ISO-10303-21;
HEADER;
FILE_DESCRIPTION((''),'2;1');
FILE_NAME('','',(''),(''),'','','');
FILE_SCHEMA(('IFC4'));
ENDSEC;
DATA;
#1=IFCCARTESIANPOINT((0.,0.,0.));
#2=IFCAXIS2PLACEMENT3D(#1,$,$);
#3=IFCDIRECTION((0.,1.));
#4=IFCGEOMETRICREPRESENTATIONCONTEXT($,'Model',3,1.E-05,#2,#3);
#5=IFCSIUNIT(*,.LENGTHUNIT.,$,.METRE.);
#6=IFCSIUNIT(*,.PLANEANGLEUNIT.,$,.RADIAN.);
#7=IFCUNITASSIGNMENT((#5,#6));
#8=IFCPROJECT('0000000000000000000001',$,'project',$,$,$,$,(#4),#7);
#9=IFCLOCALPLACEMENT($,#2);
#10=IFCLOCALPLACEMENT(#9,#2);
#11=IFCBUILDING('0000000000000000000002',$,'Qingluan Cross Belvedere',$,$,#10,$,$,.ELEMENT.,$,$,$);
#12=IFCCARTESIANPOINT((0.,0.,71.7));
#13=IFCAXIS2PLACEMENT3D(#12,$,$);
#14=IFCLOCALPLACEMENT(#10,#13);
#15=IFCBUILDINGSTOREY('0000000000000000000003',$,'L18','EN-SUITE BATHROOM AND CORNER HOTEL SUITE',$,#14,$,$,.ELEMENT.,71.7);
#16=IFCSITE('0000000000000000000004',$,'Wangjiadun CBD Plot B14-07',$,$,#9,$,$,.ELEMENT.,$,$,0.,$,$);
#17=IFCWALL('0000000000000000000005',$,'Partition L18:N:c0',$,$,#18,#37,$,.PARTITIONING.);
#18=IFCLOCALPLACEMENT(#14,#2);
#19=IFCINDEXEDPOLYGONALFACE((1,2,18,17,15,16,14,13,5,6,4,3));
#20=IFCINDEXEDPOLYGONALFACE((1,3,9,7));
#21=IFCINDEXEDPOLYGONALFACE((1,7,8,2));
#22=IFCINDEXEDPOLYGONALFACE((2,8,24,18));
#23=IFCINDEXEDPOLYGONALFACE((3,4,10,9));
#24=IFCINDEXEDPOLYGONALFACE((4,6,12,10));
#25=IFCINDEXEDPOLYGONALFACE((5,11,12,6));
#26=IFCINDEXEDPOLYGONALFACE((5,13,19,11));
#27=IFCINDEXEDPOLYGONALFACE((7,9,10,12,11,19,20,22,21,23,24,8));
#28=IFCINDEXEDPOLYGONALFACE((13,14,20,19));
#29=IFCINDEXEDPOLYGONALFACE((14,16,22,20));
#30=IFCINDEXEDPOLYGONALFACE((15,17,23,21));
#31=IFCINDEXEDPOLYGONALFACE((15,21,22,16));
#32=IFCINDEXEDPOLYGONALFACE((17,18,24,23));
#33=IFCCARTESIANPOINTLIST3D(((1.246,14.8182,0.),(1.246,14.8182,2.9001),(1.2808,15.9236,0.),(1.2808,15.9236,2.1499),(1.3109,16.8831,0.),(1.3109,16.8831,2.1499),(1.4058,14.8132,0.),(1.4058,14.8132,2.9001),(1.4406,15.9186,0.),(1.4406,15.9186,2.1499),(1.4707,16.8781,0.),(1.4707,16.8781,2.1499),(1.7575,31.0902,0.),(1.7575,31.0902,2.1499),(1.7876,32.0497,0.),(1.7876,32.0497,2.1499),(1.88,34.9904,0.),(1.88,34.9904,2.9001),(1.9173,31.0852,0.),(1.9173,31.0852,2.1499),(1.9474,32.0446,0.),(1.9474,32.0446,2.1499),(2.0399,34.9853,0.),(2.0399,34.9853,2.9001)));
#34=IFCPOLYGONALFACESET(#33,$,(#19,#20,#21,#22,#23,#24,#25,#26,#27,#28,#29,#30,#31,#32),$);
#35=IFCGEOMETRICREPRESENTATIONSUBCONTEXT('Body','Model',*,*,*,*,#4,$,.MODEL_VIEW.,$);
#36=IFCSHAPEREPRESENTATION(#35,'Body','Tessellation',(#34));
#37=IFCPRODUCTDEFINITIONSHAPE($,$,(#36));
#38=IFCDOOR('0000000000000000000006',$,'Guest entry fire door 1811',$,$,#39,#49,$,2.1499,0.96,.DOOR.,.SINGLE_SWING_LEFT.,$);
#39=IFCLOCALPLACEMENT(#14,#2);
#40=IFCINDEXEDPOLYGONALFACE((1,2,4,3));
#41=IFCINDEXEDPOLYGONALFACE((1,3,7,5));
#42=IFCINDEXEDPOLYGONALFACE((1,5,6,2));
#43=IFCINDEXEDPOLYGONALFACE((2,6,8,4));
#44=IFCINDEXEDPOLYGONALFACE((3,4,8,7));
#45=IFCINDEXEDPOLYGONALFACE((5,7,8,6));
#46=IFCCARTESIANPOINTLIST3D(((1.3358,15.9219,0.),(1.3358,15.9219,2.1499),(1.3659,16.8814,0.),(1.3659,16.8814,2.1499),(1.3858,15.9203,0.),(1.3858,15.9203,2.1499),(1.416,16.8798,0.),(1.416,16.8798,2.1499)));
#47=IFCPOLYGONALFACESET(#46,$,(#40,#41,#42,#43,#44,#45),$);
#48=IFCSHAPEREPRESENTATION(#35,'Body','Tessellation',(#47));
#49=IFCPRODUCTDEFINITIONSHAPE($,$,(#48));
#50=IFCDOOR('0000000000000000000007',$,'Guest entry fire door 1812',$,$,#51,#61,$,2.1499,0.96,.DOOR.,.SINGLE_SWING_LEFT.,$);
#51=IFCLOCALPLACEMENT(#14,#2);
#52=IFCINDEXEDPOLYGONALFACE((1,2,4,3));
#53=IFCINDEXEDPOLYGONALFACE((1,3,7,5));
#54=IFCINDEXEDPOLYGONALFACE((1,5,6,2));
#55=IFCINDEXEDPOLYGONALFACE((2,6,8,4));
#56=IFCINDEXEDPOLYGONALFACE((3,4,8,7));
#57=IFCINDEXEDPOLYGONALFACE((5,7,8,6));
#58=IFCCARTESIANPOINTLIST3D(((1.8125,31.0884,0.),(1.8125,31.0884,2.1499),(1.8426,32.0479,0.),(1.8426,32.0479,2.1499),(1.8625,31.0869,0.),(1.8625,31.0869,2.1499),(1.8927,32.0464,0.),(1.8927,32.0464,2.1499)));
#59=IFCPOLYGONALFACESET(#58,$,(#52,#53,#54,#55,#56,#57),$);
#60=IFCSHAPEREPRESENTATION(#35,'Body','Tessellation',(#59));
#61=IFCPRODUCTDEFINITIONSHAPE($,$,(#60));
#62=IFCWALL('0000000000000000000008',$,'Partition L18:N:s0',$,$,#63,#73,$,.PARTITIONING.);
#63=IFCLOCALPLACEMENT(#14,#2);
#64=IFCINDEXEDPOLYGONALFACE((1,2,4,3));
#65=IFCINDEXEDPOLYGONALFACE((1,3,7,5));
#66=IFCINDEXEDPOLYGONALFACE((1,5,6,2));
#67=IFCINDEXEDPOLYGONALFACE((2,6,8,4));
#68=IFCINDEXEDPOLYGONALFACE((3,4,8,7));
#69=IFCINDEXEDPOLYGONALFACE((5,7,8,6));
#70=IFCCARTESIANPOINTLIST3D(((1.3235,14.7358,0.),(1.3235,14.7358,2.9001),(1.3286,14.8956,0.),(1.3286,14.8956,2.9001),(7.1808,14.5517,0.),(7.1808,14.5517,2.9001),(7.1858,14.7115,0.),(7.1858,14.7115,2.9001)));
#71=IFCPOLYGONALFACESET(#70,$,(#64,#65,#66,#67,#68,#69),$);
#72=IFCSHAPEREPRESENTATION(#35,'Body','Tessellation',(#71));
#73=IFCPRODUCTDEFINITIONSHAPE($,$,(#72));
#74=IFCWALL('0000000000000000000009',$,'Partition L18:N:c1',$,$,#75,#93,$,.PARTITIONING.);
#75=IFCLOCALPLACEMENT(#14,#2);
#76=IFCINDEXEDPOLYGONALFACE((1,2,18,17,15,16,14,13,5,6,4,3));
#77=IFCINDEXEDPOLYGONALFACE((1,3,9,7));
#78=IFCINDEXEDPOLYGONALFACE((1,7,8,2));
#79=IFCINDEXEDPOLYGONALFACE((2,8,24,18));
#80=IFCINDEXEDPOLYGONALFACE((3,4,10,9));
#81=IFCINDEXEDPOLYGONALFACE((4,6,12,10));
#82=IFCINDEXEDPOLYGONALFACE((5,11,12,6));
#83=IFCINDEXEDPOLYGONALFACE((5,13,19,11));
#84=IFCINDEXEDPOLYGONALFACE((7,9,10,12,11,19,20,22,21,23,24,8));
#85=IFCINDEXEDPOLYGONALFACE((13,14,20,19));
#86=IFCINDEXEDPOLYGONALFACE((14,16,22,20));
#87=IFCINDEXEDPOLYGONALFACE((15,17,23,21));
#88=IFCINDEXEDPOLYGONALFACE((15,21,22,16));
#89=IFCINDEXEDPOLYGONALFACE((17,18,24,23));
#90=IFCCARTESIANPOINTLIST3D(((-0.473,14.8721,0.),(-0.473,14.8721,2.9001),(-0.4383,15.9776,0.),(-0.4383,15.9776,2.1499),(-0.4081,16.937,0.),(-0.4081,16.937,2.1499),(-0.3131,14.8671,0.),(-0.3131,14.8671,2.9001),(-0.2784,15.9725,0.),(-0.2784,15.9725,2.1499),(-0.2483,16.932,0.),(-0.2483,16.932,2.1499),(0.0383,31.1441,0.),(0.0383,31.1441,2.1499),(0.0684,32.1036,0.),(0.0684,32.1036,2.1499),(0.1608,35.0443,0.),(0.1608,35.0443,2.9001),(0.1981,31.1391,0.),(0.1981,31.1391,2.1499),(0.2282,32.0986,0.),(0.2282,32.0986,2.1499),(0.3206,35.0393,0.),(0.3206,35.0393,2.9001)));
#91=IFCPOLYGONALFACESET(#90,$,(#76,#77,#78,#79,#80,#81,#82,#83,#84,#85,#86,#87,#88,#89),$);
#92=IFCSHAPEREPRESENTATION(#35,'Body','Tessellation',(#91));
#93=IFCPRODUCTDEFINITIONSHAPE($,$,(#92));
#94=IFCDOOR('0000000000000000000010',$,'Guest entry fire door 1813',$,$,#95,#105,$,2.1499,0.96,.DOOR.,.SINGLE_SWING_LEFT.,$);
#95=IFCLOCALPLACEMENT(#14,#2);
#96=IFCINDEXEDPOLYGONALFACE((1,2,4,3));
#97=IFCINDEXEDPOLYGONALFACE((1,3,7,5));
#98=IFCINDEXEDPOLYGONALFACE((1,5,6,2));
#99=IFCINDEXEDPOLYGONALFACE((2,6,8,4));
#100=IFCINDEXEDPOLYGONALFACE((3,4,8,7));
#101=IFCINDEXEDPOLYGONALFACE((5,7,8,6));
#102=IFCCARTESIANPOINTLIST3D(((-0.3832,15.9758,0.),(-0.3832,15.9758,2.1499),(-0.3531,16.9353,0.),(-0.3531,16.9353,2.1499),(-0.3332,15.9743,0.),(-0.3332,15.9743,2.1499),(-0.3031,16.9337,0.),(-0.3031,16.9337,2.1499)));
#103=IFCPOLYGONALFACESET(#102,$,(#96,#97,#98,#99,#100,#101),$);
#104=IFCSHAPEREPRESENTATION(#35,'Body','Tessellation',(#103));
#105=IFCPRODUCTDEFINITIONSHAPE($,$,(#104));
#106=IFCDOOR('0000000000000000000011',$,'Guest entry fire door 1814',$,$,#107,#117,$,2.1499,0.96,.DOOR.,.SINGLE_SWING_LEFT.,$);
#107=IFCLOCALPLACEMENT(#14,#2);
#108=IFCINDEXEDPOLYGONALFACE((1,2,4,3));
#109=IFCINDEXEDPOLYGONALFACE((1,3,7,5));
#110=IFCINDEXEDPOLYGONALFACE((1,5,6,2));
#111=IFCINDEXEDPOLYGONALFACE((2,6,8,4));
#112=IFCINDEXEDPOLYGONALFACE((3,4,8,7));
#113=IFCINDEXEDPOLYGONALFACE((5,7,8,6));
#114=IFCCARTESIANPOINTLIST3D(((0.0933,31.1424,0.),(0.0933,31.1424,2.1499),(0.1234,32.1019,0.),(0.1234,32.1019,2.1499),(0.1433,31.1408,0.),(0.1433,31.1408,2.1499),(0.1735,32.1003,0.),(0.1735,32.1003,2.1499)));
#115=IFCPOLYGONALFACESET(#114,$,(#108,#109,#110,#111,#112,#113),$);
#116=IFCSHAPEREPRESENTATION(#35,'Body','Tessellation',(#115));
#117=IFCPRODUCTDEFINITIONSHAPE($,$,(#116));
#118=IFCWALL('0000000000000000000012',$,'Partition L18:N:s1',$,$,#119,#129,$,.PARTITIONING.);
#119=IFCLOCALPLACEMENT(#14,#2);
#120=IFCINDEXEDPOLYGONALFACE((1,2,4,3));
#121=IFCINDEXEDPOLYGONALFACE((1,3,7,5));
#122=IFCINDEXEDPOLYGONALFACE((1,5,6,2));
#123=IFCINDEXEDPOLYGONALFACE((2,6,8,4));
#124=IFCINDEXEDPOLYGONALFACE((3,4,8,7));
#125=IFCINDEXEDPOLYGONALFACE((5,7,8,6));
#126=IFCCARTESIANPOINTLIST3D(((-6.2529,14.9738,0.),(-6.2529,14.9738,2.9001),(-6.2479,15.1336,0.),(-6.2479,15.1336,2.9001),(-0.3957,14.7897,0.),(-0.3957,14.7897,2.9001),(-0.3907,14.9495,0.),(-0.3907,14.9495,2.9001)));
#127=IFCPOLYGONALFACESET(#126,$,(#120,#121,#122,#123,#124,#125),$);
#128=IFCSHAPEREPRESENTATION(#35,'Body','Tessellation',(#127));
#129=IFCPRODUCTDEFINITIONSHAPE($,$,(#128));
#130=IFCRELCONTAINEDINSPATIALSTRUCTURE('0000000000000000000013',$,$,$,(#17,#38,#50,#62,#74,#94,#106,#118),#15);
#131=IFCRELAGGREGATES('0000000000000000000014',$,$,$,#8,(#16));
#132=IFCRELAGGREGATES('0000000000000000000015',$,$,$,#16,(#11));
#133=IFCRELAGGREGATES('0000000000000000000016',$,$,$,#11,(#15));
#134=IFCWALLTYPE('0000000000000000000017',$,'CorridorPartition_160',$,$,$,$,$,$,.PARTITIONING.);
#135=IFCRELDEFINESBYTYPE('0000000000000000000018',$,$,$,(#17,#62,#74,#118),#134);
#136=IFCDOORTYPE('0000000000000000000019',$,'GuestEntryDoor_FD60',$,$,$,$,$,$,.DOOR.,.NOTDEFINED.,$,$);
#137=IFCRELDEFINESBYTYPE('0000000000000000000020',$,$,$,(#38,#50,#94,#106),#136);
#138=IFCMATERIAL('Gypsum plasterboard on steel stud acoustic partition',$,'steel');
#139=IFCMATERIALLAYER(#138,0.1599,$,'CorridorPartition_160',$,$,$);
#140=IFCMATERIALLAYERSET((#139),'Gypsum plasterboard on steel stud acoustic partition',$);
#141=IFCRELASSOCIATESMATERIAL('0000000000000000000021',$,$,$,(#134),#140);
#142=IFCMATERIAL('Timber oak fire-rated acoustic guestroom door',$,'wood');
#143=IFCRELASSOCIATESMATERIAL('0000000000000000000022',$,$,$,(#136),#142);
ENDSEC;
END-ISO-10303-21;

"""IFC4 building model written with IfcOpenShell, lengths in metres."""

from ifc_helpers import new_model, si_unit, direction, frame, frame_2d, origin, place, context, subcontext, project, spatial, rectangle, extrude, material, layer, layer_set, type_object, element, fill, save


model = new_model("IFC4")

# Units and contexts
model_context = context("Model", 3, precision=1e-05, world=origin(), true_north=direction((0.0, 1.0)))
body_context = subcontext(model_context, "Body", "Model", "MODEL_VIEW")
ifc_project = project(units=[si_unit("LENGTHUNIT", "METRE"), si_unit("PLANEANGLEUNIT", "RADIAN")], contexts=[model_context])

# Site, building, storey
site_placement = place(None, origin())
site = spatial("IfcSite", under=ifc_project, at=site_placement, Name="Wangjiadun CBD Plot B14-07", CompositionType="ELEMENT", RefElevation=0.0)
building_placement = place(site_placement, origin())
building = spatial("IfcBuilding", under=site, at=building_placement, Name="Qingluan Cross Belvedere", CompositionType="ELEMENT")
storey_placement = place(building_placement, frame((0.0, 0.0, 71.7)))
storey = spatial("IfcBuildingStorey", under=building, at=storey_placement, Name="L18", Description="EN-SUITE BATHROOM AND CORNER HOTEL SUITE", CompositionType="ELEMENT", Elevation=71.7)

# Wall, openings, doors
ifc_material_1 = material(Name="Gypsum plasterboard on steel stud acoustic partition", Category="steel")
ifc_layer_1 = layer(ifc_material_1, 0.1599, Name="CorridorPartition_160")
ifc_layer_set_1 = layer_set([ifc_layer_1], Name="Gypsum plasterboard on steel stud acoustic partition")
wall_type_1 = type_object("IfcWallType", Name="CorridorPartition_160", PredefinedType="PARTITIONING", material=ifc_layer_set_1)
wall_1_placement = place(storey_placement, frame((1.3259, 14.8157, 0.0), z_axis=(0.0, 0.0, 1.0), x_axis=(0.031416, 0.999506, 0.0)))
wall_1 = element("IfcWall", 1, at=wall_1_placement, inside=storey, type_object=wall_type_1, Name="Partition L18:N:c0", PredefinedType="PARTITIONING", context=body_context, shape_type="SweptSolid", body=[
    extrude(rectangle(XDim=20.1821, YDim=0.1599, at=frame_2d((10.0911, 0.0))), origin(), (0.0, 0.0, 1.0), 2.9001),
])
opening_1_placement = place(wall_1_placement, frame((1.106, 0.0, 0.0)))
opening_1 = element("IfcOpeningElement", 2, at=opening_1_placement, cuts=wall_1, PredefinedType="OPENING", context=body_context, shape_type="SweptSolid", body=[
    extrude(rectangle(XDim=0.96, YDim=2.1499, at=frame_2d((0.48, 1.075))), frame((0.0, 0.0898, 0.0), z_axis=(0.0, -1.0, 0.0), x_axis=(1.0, 0.0, 0.0)), (0.0, 0.0, 1.0), 0.1799),
])
opening_2_placement = place(wall_1_placement, frame((16.28, 0.0, 0.0)))
opening_2 = element("IfcOpeningElement", 3, at=opening_2_placement, cuts=wall_1, PredefinedType="OPENING", context=body_context, shape_type="SweptSolid", body=[
    extrude(rectangle(XDim=0.96, YDim=2.1499, at=frame_2d((0.48, 1.075))), frame((0.0, 0.0898, 0.0), z_axis=(0.0, -1.0, 0.0), x_axis=(1.0, 0.0, 0.0)), (0.0, 0.0, 1.0), 0.1799),
])
ifc_material_2 = material(Name="Timber oak fire-rated acoustic guestroom door", Category="wood")
door_type = type_object("IfcDoorType", Name="GuestEntryDoor_FD60", OperationType="NOTDEFINED", PredefinedType="DOOR", material=ifc_material_2)
door_1_placement = place(opening_1_placement, origin())
door_1 = element("IfcDoor", 4, at=door_1_placement, inside=storey, type_object=door_type, Name="Guest entry fire door 1811", OperationType="SINGLE_SWING_LEFT", OverallHeight=2.1499, OverallWidth=0.96, PredefinedType="DOOR", context=body_context, shape_type="SweptSolid", body=[
    extrude(rectangle(XDim=0.96, YDim=2.1499, at=frame_2d((0.48, 1.075))), frame((0.0, 0.0249, 0.0), z_axis=(0.0, -1.0, 0.0), x_axis=(1.0, 0.0, 0.0)), (0.0, 0.0, 1.0), 0.05),
])
fill(opening_1, door_1)
door_2_placement = place(opening_2_placement, origin())
door_2 = element("IfcDoor", 5, at=door_2_placement, inside=storey, type_object=door_type, Name="Guest entry fire door 1812", OperationType="SINGLE_SWING_LEFT", OverallHeight=2.1499, OverallWidth=0.96, PredefinedType="DOOR", context=body_context, shape_type="SweptSolid", body=[
    extrude(rectangle(XDim=0.96, YDim=2.1499, at=frame_2d((0.48, 1.075))), frame((0.0, 0.0249, 0.0), z_axis=(0.0, -1.0, 0.0), x_axis=(1.0, 0.0, 0.0)), (0.0, 0.0, 1.0), 0.05),
])
fill(opening_2, door_2)

# Wall
wall_2_placement = place(storey_placement, frame((1.3259, 14.8157, 0.0), z_axis=(0.0, 0.0, 1.0), x_axis=(0.999506, -0.031413, 0.0)))
element("IfcWall", 6, at=wall_2_placement, inside=storey, type_object=wall_type_1, Name="Partition L18:N:s0", PredefinedType="PARTITIONING", context=body_context, shape_type="SweptSolid", body=[
    extrude(rectangle(XDim=5.8601, YDim=0.1599, at=frame_2d((2.9302, 0.0))), origin(), (0.0, 0.0, 1.0), 2.9001),
])

# Wall, openings, doors
wall_3_placement = place(storey_placement, frame((-0.3931, 14.8696, 0.0), z_axis=(0.0, 0.0, 1.0), x_axis=(0.031404, 0.999507, 0.0)))
wall_3 = element("IfcWall", 7, at=wall_3_placement, inside=storey, type_object=wall_type_1, Name="Partition L18:N:c1", PredefinedType="PARTITIONING", context=body_context, shape_type="SweptSolid", body=[
    extrude(rectangle(XDim=20.1821, YDim=0.1599, at=frame_2d((10.0911, 0.0))), origin(), (0.0, 0.0, 1.0), 2.9001),
])
opening_3_placement = place(wall_3_placement, frame((1.106, 0.0, 0.0)))
opening_3 = element("IfcOpeningElement", 8, at=opening_3_placement, cuts=wall_3, PredefinedType="OPENING", context=body_context, shape_type="SweptSolid", body=[
    extrude(rectangle(XDim=0.96, YDim=2.1499, at=frame_2d((0.48, 1.075))), frame((0.0, 0.0898, 0.0), z_axis=(0.0, -1.0, 0.0), x_axis=(1.0, 0.0, 0.0)), (0.0, 0.0, 1.0), 0.1799),
])
opening_4_placement = place(wall_3_placement, frame((16.28, 0.0, 0.0)))
opening_4 = element("IfcOpeningElement", 9, at=opening_4_placement, cuts=wall_3, PredefinedType="OPENING", context=body_context, shape_type="SweptSolid", body=[
    extrude(rectangle(XDim=0.96, YDim=2.1499, at=frame_2d((0.48, 1.075))), frame((0.0, 0.0898, 0.0), z_axis=(0.0, -1.0, 0.0), x_axis=(1.0, 0.0, 0.0)), (0.0, 0.0, 1.0), 0.1799),
])
door_3_placement = place(opening_3_placement, origin())
door_3 = element("IfcDoor", 10, at=door_3_placement, inside=storey, type_object=door_type, Name="Guest entry fire door 1813", OperationType="SINGLE_SWING_LEFT", OverallHeight=2.1499, OverallWidth=0.96, PredefinedType="DOOR", context=body_context, shape_type="SweptSolid", body=[
    extrude(rectangle(XDim=0.96, YDim=2.1499, at=frame_2d((0.48, 1.075))), frame((0.0, 0.0249, 0.0), z_axis=(0.0, -1.0, 0.0), x_axis=(1.0, 0.0, 0.0)), (0.0, 0.0, 1.0), 0.05),
])
fill(opening_3, door_3)
door_4_placement = place(opening_4_placement, origin())
door_4 = element("IfcDoor", 11, at=door_4_placement, inside=storey, type_object=door_type, Name="Guest entry fire door 1814", OperationType="SINGLE_SWING_LEFT", OverallHeight=2.1499, OverallWidth=0.96, PredefinedType="DOOR", context=body_context, shape_type="SweptSolid", body=[
    extrude(rectangle(XDim=0.96, YDim=2.1499, at=frame_2d((0.48, 1.075))), frame((0.0, 0.0249, 0.0), z_axis=(0.0, -1.0, 0.0), x_axis=(1.0, 0.0, 0.0)), (0.0, 0.0, 1.0), 0.05),
])
fill(opening_4, door_4)

# Wall
wall_4_placement = place(storey_placement, frame((-0.3931, 14.8696, 0.0), z_axis=(0.0, 0.0, 1.0), x_axis=(-0.999506, 0.031413, 0.0)))
element("IfcWall", 12, at=wall_4_placement, inside=storey, type_object=wall_type_1, Name="Partition L18:N:s1", PredefinedType="PARTITIONING", context=body_context, shape_type="SweptSolid", body=[
    extrude(rectangle(XDim=5.8601, YDim=0.1599, at=frame_2d((2.9302, 0.0))), origin(), (0.0, 0.0, 1.0), 2.9001),
])

save(model, "model.ifc")
